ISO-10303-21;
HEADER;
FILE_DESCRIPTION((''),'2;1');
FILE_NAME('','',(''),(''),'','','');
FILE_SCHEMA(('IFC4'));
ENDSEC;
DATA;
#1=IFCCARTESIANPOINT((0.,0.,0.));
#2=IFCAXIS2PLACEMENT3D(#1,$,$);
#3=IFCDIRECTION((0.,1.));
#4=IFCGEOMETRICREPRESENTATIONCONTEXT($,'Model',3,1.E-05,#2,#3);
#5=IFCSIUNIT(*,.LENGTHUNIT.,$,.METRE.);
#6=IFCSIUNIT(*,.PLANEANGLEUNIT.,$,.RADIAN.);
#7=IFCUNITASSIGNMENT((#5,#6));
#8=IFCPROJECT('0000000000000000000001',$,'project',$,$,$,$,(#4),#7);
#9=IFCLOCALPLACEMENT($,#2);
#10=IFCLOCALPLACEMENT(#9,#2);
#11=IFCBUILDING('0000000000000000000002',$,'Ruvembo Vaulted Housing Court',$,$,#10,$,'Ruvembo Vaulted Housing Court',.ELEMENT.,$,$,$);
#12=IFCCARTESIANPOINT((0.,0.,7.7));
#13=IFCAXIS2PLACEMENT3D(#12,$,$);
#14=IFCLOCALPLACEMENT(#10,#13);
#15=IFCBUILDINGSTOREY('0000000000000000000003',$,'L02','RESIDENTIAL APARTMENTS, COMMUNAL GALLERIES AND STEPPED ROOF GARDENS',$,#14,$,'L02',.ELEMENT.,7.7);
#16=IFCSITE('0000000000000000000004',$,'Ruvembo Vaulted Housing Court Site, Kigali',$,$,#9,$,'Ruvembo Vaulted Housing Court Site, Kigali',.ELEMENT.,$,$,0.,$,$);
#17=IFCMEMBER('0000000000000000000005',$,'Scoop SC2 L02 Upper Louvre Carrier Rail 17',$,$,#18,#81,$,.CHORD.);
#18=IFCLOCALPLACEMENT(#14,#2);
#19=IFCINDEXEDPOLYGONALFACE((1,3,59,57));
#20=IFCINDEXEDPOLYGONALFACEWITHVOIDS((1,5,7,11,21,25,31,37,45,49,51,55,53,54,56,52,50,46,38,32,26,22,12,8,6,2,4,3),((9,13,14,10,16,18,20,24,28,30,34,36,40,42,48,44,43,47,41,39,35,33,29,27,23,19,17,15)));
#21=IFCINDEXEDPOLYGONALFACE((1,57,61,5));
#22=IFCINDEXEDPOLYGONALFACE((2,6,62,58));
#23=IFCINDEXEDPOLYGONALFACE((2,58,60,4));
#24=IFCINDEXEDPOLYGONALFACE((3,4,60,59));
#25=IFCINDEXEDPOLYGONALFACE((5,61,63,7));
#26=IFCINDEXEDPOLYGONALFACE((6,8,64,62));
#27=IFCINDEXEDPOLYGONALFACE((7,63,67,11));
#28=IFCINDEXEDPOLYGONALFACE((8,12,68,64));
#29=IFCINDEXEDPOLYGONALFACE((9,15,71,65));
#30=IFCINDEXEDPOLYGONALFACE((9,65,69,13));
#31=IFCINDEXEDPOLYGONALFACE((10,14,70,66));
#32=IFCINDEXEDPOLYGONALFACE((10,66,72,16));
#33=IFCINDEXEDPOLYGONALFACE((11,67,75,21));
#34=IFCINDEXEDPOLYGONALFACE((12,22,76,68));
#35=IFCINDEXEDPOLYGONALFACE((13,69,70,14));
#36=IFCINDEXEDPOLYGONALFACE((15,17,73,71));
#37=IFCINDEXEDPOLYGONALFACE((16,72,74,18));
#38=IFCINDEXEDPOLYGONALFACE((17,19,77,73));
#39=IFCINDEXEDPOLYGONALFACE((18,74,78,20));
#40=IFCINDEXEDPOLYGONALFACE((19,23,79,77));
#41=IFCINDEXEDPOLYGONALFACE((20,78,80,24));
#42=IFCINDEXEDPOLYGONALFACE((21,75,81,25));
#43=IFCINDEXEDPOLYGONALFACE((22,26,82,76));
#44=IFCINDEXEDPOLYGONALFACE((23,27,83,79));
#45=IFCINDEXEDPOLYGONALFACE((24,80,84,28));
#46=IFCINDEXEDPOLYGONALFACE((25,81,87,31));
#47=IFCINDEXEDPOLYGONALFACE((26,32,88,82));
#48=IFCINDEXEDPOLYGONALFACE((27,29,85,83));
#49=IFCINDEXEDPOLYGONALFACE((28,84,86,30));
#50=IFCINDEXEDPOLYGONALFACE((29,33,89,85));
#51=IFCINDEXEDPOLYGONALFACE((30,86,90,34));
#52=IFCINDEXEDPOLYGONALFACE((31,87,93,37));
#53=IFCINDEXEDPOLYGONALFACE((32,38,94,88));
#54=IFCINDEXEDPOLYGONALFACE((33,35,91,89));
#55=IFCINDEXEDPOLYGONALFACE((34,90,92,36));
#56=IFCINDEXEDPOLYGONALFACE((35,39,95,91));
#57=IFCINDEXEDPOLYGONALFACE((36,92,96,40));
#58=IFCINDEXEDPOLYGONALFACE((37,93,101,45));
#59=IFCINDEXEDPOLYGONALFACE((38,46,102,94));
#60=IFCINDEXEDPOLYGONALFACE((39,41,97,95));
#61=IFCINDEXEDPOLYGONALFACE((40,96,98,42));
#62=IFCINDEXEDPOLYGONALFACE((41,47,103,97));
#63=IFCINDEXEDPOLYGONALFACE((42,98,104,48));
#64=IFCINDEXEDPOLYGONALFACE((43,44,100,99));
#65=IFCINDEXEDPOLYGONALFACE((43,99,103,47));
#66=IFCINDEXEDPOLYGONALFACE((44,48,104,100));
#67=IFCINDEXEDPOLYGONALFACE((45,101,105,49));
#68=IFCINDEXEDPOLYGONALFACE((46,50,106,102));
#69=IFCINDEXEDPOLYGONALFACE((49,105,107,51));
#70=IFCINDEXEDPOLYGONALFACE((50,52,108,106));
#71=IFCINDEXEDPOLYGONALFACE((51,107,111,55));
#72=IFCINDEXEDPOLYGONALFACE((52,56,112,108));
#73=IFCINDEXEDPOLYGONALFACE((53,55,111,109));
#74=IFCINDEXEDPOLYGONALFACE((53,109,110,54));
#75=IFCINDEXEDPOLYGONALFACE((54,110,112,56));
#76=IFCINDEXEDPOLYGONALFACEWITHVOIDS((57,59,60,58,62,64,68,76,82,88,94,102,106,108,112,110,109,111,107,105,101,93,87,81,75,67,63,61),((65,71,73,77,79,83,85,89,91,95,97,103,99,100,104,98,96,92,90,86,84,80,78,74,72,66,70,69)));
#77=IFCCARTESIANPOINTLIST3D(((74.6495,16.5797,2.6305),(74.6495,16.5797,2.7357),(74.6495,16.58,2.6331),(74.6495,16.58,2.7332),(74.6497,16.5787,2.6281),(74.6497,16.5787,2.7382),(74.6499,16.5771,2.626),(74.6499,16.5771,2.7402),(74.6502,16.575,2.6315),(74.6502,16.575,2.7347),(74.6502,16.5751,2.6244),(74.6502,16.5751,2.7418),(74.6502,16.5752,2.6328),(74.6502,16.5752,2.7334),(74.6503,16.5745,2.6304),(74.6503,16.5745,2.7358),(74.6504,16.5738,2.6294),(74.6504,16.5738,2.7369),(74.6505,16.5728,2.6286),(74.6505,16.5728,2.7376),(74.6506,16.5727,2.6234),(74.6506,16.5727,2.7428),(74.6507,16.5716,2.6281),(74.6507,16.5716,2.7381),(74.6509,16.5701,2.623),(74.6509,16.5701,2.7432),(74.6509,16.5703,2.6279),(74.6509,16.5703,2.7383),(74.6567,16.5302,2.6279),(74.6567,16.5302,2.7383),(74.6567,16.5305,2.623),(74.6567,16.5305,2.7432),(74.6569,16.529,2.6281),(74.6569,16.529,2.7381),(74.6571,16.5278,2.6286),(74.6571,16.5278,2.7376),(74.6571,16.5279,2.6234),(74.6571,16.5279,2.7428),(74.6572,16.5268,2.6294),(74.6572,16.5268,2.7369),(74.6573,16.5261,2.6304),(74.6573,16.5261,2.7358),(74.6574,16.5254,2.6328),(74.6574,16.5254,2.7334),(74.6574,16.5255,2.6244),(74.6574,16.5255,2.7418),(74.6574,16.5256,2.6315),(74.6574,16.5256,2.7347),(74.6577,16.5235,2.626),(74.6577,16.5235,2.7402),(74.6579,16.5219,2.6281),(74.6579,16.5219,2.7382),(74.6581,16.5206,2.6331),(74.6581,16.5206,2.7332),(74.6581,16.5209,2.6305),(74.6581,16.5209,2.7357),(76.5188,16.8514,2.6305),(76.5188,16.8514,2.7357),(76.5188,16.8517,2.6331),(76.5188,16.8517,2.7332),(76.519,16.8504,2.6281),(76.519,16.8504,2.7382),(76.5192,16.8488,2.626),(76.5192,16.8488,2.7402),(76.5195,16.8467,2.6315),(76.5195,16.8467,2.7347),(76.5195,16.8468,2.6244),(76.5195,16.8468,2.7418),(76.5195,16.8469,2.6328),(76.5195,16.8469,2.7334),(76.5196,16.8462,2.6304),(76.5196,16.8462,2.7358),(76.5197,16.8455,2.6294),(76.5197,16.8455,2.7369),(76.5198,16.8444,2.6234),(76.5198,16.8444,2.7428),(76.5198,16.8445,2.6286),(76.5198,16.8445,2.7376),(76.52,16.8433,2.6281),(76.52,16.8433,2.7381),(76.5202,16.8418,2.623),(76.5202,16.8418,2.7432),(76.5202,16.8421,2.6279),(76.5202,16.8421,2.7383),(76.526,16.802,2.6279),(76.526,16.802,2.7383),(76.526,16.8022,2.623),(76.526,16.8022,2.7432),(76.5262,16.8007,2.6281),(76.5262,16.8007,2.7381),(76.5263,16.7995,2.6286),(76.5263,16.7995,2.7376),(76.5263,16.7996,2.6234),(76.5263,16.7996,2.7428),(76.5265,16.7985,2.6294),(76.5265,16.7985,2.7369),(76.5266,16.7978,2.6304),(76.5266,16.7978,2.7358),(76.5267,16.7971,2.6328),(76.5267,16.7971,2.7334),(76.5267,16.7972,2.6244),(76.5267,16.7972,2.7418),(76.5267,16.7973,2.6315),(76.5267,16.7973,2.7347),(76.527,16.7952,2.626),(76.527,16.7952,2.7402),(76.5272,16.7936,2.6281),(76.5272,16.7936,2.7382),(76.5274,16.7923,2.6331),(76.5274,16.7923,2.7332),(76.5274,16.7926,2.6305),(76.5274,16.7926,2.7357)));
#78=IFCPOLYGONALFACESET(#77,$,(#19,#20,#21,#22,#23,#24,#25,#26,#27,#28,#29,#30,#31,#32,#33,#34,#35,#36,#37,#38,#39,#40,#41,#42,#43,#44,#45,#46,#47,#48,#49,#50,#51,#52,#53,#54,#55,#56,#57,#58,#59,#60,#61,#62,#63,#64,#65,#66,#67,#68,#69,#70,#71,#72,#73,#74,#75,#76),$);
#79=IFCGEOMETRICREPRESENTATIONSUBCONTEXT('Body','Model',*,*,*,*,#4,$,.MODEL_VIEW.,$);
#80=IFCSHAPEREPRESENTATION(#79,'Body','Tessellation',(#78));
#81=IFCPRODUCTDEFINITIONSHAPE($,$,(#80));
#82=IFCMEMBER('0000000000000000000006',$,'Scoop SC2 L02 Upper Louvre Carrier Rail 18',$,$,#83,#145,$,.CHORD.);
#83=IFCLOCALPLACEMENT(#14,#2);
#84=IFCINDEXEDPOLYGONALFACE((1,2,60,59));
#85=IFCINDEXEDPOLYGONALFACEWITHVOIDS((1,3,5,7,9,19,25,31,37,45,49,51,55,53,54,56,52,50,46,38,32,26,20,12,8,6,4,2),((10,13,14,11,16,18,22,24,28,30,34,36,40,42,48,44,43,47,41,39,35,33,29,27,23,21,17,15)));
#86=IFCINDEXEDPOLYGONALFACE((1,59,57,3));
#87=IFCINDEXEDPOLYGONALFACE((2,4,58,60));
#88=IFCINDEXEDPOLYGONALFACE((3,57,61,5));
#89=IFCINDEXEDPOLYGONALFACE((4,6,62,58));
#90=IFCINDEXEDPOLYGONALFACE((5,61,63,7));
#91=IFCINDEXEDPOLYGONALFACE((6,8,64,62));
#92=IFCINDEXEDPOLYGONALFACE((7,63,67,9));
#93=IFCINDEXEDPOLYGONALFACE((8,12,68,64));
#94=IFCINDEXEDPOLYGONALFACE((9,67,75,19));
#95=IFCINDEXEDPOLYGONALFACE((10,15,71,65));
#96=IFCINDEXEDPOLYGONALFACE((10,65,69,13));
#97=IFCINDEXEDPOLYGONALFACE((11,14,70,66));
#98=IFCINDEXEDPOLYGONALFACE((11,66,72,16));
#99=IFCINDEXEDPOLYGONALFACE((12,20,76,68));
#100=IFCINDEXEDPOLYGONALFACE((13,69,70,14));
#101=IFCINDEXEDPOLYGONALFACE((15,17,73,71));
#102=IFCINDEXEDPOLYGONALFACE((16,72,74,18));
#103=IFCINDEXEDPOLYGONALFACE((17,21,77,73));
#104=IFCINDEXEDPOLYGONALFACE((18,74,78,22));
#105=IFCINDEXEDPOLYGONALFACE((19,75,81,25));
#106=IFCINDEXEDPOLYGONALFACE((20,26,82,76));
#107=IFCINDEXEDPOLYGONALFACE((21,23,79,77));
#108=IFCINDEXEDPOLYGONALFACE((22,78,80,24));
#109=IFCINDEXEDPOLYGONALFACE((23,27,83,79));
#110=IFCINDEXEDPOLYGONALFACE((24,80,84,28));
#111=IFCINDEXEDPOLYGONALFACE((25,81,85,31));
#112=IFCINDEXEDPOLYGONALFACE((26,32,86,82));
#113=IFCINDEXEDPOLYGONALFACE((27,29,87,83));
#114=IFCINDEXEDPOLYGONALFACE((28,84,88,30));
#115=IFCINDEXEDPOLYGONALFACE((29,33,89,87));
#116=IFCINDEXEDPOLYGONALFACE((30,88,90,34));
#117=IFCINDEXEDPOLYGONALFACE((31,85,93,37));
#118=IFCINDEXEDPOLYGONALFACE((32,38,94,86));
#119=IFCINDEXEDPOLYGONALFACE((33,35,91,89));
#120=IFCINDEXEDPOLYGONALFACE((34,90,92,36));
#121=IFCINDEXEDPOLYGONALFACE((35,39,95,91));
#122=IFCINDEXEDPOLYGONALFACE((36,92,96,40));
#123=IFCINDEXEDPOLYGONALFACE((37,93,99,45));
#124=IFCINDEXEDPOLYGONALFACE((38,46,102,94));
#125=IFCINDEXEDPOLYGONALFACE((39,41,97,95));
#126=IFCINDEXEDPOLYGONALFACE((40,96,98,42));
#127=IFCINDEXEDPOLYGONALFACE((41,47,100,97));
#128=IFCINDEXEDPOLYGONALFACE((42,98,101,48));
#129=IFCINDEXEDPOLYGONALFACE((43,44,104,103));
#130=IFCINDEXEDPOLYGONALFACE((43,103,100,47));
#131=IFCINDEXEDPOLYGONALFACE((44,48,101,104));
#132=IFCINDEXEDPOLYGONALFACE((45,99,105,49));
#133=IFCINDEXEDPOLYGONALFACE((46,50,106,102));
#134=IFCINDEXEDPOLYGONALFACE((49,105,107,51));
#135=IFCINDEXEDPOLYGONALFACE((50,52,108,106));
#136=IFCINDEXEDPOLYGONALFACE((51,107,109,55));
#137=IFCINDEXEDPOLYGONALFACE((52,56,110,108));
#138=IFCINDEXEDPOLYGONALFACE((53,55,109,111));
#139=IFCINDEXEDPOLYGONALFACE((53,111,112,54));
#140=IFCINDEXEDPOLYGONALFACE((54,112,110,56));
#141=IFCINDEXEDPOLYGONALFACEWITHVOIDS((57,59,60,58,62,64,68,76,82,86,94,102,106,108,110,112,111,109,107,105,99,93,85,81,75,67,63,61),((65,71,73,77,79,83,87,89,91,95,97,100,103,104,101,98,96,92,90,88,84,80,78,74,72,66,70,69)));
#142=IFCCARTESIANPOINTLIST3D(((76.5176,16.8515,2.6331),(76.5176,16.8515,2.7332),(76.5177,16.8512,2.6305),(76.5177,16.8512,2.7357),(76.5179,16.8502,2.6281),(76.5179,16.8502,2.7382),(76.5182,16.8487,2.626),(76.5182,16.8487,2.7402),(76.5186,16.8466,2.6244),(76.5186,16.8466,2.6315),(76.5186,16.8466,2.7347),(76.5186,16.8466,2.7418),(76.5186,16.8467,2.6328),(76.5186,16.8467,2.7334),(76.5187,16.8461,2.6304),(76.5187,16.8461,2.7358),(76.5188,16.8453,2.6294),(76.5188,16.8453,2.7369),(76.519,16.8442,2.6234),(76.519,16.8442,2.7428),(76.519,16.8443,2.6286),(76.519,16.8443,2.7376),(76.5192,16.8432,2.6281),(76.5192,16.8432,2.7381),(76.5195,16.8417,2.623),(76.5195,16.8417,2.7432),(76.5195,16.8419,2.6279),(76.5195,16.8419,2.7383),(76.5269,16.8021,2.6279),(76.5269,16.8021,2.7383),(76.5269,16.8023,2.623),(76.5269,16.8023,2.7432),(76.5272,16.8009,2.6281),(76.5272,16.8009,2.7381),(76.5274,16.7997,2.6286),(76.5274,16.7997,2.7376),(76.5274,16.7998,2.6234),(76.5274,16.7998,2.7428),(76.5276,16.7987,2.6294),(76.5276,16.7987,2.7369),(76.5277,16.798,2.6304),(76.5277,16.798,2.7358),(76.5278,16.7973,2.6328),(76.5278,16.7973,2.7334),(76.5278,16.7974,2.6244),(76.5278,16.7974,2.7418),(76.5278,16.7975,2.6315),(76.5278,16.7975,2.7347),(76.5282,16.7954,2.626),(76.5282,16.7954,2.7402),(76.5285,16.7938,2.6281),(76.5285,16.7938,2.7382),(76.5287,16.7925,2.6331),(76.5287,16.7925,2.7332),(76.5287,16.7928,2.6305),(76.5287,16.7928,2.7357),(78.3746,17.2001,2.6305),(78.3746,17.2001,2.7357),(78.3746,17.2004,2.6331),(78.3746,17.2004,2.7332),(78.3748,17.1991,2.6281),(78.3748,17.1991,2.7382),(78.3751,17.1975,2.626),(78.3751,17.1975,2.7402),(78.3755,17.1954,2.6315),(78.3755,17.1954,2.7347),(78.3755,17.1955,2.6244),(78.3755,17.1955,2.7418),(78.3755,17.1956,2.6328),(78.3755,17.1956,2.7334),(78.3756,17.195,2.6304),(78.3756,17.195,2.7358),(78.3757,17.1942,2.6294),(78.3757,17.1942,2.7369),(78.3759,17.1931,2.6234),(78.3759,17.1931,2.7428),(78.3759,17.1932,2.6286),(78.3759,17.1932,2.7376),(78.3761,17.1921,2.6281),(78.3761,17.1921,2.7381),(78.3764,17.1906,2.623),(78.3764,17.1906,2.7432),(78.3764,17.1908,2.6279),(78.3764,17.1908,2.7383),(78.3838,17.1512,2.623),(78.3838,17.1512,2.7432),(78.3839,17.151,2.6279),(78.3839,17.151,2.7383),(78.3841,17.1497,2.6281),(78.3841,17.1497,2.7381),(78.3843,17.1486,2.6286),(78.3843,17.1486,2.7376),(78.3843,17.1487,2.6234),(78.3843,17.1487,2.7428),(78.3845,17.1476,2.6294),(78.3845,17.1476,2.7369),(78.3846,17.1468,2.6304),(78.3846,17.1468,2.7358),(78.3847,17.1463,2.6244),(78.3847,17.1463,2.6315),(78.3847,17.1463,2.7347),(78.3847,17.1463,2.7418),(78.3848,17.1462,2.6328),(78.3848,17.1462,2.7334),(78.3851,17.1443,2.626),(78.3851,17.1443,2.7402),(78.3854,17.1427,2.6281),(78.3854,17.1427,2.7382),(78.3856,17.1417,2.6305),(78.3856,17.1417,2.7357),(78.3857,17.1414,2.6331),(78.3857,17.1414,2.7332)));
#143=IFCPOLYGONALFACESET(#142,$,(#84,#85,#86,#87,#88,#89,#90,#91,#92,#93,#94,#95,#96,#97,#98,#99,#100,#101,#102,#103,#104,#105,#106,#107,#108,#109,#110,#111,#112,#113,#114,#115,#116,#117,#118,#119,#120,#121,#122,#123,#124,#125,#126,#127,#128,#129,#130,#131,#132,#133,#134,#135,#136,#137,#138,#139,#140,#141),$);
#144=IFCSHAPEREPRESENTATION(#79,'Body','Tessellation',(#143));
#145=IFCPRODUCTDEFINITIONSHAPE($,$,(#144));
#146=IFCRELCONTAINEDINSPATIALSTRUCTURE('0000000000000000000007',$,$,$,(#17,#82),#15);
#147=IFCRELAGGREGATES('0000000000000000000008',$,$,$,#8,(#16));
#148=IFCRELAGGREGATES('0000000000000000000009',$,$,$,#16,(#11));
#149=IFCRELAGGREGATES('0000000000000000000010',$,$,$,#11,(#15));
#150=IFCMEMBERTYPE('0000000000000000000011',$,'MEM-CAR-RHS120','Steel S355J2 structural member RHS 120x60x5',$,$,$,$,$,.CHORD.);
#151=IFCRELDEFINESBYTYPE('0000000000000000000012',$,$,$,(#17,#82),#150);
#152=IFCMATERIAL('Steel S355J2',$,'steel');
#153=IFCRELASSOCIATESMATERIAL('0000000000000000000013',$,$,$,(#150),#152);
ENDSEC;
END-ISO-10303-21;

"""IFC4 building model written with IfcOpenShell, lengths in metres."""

from ifc_helpers import new_model, si_unit, direction, frame, origin, origin_2d, place, context, subcontext, project, spatial, hollow_rectangle, extrude, material, material_profile, profile_set, type_object, element, save


model = new_model("IFC4")

# Units and contexts
model_context = context("Model", 3, precision=1e-05, world=origin(), true_north=direction((0.0, 1.0)))
body_context = subcontext(model_context, "Body", "Model", "MODEL_VIEW")
ifc_project = project(units=[si_unit("LENGTHUNIT", "METRE"), si_unit("PLANEANGLEUNIT", "RADIAN")], contexts=[model_context])

# Site, building, storey
site_placement = place(None, origin())
site = spatial("IfcSite", under=ifc_project, at=site_placement, Name="Ruvembo Vaulted Housing Court Site, Kigali", LongName="Ruvembo Vaulted Housing Court Site, Kigali", CompositionType="ELEMENT", RefElevation=0.0)
building_placement = place(site_placement, origin())
building = spatial("IfcBuilding", under=site, at=building_placement, Name="Ruvembo Vaulted Housing Court", LongName="Ruvembo Vaulted Housing Court", CompositionType="ELEMENT")
storey_placement = place(building_placement, frame((0.0, 0.0, 7.7)))
storey = spatial("IfcBuildingStorey", under=building, at=storey_placement, Name="L02", Description="RESIDENTIAL APARTMENTS, COMMUNAL GALLERIES AND STEPPED ROOF GARDENS", LongName="L02", CompositionType="ELEMENT", Elevation=7.7)

# Shared definitions
ifc_material_1 = material(Name="Steel S355J2", Category="steel")

# Members
ifc_material_profile_1 = material_profile(ifc_material_1, hollow_rectangle(XDim=0.0601, YDim=0.1201, WallThickness=0.0049, InnerFilletRadius=0.0049, OuterFilletRadius=0.01, at=origin_2d()), Name="RHS 120x60x5")
ifc_profile_set_1 = profile_set([ifc_material_profile_1], Name="Steel S355J2")
member_type_1 = type_object("IfcMemberType", Name="MEM-CAR-RHS120", Description="Steel S355J2 structural member RHS 120x60x5", PredefinedType="CHORD", material=ifc_profile_set_1)
member_1_placement = place(storey_placement, frame((74.6538, 16.5503, 2.6831), z_axis=(0.9896, 0.143845, 0.0), x_axis=(-0.143845, 0.9896, 0.0)))
element("IfcMember", 1, at=member_1_placement, inside=storey, type_object=member_type_1, Name="Scoop SC2 L02 Upper Louvre Carrier Rail 17", PredefinedType="CHORD", context=body_context, shape_type="SweptSolid", body=[
    extrude(hollow_rectangle(XDim=0.0601, YDim=0.1201, WallThickness=0.0049, InnerFilletRadius=0.0049, OuterFilletRadius=0.01, at=origin_2d()), origin(), (0.0, 0.0, 1.0), 1.8889),
])
member_2_placement = place(storey_placement, frame((76.5232, 16.822, 2.6831), z_axis=(0.982805, 0.184647, 0.0), x_axis=(-0.184647, 0.982805, 0.0)))
element("IfcMember", 2, at=member_2_placement, inside=storey, type_object=member_type_1, Name="Scoop SC2 L02 Upper Louvre Carrier Rail 18", PredefinedType="CHORD", context=body_context, shape_type="SweptSolid", body=[
    extrude(hollow_rectangle(XDim=0.0601, YDim=0.1201, WallThickness=0.0049, InnerFilletRadius=0.0049, OuterFilletRadius=0.01, at=origin_2d()), origin(), (0.0, 0.0, 1.0), 1.8894),
])

save(model, "model.ifc")
